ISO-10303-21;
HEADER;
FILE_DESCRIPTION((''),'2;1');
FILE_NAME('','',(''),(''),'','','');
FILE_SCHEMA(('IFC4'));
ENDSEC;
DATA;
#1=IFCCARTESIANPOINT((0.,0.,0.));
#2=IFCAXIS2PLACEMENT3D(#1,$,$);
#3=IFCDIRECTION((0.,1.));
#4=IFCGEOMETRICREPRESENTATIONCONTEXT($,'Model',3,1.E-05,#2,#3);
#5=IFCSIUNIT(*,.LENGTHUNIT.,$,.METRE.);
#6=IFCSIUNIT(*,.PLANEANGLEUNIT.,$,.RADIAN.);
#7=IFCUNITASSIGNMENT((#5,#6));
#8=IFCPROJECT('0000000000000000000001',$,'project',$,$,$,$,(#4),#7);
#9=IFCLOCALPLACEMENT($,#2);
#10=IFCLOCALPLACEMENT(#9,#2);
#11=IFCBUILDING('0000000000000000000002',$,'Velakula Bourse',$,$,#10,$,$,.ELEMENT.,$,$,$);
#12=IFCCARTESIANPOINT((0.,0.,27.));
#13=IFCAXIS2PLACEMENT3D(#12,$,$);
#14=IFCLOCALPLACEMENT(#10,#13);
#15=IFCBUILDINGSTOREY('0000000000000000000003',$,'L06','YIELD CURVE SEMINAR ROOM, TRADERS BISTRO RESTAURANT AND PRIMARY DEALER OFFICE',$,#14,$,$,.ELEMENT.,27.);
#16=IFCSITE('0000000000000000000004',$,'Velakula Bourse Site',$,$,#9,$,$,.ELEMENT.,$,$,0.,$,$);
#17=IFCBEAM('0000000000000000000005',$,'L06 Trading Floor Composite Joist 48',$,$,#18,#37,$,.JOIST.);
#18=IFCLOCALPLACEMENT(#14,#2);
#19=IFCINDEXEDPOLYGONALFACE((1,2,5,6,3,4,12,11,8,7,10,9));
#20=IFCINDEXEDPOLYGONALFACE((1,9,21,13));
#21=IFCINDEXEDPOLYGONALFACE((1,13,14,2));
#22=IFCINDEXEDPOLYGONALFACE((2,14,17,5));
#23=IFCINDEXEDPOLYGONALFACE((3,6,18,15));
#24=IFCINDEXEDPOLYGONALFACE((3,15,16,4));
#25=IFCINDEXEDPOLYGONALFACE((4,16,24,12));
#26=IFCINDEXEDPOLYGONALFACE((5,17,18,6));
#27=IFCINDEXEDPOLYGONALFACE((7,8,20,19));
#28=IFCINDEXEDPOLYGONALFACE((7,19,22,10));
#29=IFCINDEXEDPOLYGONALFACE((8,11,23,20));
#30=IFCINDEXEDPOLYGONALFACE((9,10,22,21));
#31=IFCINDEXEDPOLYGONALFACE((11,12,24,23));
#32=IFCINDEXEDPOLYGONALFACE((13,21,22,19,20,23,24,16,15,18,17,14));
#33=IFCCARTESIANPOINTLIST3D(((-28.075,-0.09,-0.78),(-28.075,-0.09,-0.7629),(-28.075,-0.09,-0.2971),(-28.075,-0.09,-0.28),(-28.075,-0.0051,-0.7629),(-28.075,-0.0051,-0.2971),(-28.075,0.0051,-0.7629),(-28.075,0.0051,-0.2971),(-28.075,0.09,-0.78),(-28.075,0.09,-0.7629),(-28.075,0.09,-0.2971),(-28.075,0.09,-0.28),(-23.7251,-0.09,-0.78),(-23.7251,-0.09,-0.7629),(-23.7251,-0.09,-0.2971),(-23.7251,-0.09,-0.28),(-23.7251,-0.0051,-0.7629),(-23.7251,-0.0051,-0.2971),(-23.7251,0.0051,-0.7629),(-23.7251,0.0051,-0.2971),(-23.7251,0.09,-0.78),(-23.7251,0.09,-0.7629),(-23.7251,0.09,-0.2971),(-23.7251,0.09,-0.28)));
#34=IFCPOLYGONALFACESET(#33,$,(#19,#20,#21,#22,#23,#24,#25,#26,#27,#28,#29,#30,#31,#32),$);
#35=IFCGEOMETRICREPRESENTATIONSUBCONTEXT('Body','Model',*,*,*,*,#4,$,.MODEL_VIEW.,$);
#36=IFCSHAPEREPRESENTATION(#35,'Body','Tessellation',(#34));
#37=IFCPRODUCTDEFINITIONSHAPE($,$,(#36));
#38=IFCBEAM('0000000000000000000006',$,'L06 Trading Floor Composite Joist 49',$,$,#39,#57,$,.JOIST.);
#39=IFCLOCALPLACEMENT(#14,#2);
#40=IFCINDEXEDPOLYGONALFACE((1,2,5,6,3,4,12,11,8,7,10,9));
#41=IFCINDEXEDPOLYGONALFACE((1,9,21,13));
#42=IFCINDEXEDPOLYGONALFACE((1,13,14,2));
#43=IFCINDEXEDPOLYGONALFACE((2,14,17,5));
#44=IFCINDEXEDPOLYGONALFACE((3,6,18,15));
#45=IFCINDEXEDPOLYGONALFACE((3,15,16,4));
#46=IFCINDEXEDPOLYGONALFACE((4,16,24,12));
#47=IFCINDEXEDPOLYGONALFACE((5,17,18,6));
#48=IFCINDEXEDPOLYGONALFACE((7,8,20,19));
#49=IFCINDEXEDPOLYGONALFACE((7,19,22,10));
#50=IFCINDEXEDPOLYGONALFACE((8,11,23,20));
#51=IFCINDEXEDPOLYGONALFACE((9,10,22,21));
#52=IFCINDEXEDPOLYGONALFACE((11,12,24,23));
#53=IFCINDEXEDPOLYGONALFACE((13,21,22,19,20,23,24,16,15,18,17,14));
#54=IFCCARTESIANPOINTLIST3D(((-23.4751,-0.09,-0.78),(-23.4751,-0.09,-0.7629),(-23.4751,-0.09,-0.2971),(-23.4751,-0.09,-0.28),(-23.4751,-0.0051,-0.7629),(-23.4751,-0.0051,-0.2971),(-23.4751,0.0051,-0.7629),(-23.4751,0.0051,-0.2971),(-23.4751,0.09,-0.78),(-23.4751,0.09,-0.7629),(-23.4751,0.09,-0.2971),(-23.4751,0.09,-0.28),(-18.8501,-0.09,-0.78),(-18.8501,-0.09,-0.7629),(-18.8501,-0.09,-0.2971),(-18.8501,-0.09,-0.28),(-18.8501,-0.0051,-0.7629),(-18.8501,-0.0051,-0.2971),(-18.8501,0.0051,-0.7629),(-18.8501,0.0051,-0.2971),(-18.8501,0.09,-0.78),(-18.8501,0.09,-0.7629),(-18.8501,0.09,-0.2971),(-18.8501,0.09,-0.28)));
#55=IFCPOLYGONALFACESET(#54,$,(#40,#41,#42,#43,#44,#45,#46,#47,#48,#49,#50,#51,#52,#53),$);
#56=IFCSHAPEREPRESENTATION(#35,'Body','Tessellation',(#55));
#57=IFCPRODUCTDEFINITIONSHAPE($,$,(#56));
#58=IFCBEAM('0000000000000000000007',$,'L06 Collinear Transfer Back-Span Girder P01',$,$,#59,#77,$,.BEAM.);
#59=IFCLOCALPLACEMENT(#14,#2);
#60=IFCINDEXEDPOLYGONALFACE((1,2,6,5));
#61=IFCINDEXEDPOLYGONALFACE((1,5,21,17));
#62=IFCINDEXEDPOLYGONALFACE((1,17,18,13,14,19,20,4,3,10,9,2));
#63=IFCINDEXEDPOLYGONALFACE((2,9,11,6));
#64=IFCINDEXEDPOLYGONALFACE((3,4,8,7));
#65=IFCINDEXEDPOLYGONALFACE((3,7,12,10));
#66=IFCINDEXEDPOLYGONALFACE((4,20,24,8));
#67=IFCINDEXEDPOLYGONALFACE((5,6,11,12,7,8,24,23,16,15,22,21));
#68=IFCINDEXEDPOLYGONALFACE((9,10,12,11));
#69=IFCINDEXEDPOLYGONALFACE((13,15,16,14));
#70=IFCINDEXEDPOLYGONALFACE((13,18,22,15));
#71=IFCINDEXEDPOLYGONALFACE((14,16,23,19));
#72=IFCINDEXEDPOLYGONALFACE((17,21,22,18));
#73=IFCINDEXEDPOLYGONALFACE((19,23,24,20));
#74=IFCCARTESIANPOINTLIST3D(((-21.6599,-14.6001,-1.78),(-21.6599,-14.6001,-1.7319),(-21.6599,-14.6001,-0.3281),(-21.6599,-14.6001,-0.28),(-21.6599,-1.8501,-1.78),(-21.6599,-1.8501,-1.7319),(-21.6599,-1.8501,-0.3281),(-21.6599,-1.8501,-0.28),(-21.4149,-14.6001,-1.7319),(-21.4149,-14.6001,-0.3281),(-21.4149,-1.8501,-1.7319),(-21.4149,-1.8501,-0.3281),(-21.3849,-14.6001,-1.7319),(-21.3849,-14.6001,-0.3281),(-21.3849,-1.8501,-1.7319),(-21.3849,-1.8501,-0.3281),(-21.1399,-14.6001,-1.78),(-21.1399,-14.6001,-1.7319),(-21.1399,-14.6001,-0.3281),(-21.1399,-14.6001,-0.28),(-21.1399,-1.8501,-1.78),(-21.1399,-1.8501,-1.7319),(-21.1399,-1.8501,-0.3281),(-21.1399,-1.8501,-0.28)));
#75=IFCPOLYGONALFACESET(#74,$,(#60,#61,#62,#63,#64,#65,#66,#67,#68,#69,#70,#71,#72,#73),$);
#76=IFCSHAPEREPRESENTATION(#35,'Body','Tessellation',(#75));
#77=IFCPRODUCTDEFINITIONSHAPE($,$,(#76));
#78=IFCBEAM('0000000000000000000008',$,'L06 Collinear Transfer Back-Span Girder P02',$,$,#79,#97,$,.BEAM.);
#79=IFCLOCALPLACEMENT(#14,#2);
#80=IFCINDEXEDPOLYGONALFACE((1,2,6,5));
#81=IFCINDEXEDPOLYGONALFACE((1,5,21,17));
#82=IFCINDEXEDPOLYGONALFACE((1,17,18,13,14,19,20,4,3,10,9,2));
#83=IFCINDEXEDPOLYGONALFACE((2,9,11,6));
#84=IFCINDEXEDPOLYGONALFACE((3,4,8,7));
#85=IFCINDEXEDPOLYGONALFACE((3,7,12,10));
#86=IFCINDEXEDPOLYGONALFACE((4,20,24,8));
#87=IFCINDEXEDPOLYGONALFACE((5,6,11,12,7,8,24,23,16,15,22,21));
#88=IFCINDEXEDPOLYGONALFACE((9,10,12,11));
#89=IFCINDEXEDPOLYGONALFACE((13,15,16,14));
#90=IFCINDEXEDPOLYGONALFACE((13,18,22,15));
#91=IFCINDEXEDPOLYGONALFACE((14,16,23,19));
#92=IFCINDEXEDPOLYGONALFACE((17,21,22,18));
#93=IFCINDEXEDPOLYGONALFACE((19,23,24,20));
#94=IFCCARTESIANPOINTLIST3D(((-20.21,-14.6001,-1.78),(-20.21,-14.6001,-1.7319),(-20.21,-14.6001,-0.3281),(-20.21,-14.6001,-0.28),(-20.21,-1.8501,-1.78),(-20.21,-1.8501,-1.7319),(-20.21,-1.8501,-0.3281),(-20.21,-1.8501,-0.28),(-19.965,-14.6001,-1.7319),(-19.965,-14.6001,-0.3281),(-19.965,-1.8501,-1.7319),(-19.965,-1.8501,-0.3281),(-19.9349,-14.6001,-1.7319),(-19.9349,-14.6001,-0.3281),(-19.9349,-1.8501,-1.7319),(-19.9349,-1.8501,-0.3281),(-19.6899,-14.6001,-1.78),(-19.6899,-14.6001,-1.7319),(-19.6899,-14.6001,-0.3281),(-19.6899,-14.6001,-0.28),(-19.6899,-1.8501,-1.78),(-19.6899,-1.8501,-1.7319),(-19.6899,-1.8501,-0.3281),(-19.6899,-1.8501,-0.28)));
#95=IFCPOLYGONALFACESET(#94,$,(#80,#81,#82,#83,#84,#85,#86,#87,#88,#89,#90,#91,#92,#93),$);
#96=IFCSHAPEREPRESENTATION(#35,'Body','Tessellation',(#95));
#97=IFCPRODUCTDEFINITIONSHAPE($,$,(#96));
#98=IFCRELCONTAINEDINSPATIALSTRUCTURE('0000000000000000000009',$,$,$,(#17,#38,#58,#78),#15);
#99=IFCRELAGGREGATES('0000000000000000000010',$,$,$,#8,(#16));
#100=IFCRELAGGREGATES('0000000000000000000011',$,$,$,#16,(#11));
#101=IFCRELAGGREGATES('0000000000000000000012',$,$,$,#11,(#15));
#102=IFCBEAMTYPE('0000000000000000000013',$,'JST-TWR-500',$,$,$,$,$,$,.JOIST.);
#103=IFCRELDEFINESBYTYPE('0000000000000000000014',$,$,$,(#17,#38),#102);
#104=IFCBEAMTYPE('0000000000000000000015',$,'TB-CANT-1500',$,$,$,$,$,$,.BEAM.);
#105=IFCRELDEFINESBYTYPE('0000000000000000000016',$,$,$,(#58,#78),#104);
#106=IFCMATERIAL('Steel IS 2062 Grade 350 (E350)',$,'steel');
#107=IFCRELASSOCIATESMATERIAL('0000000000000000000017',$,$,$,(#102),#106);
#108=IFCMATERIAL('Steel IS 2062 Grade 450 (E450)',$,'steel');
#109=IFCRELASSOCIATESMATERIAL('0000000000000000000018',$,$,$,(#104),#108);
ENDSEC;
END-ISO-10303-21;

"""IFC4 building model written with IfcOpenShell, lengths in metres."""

from ifc_helpers import new_model, si_unit, direction, frame, origin, origin_2d, place, context, subcontext, project, spatial, i_section, extrude, material, material_profile, profile_set, type_object, element, save


model = new_model("IFC4")

# Units and contexts
model_context = context("Model", 3, precision=1e-05, world=origin(), true_north=direction((0.0, 1.0)))
body_context = subcontext(model_context, "Body", "Model", "MODEL_VIEW")
ifc_project = project(units=[si_unit("LENGTHUNIT", "METRE"), si_unit("PLANEANGLEUNIT", "RADIAN")], contexts=[model_context])

# Site, building, storey
site_placement = place(None, origin())
site = spatial("IfcSite", under=ifc_project, at=site_placement, Name="Velakula Bourse Site", CompositionType="ELEMENT", RefElevation=0.0)
building_placement = place(site_placement, origin())
building = spatial("IfcBuilding", under=site, at=building_placement, Name="Velakula Bourse", CompositionType="ELEMENT")
storey_placement = place(building_placement, frame((0.0, 0.0, 27.0)))
storey = spatial("IfcBuildingStorey", under=building, at=storey_placement, Name="L06", Description="YIELD CURVE SEMINAR ROOM, TRADERS BISTRO RESTAURANT AND PRIMARY DEALER OFFICE", CompositionType="ELEMENT", Elevation=27.0)

# Shared definitions
ifc_material_1 = material(Name="Steel IS 2062 Grade 450 (E450)", Category="steel")

# Beams
ifc_material_2 = material(Name="Steel IS 2062 Grade 350 (E350)", Category="steel")
ifc_material_profile_1 = material_profile(ifc_material_2, i_section(OverallWidth=0.1799, OverallDepth=0.5, WebThickness=0.0103, FlangeThickness=0.0171, at=origin_2d()), Name="Steel IS 2062 Grade 350 (E350)")
ifc_profile_set_1 = profile_set([ifc_material_profile_1], Name="Steel IS 2062 Grade 350 (E350)")
beam_type_1 = type_object("IfcBeamType", Name="JST-TWR-500", PredefinedType="JOIST", material=ifc_profile_set_1)
beam_1_placement = place(storey_placement, frame((-28.075, 0.0, -0.53), z_axis=(1.0, 0.0, 0.0), x_axis=(0.0, 1.0, 0.0)))
element("IfcBeam", 1, at=beam_1_placement, inside=storey, type_object=beam_type_1, Name="L06 Trading Floor Composite Joist 48", PredefinedType="JOIST", context=body_context, shape_type="SweptSolid", body=[
    extrude(i_section(OverallWidth=0.1799, OverallDepth=0.5, WebThickness=0.0103, FlangeThickness=0.0171, at=origin_2d()), origin(), (0.0, 0.0, 1.0), 4.3499),
])
beam_2_placement = place(storey_placement, frame((-23.4751, 0.0, -0.53), z_axis=(1.0, 0.0, 0.0), x_axis=(0.0, 1.0, 0.0)))
element("IfcBeam", 2, at=beam_2_placement, inside=storey, type_object=beam_type_1, Name="L06 Trading Floor Composite Joist 49", PredefinedType="JOIST", context=body_context, shape_type="SweptSolid", body=[
    extrude(i_section(OverallWidth=0.1799, OverallDepth=0.5, WebThickness=0.0103, FlangeThickness=0.0171, at=origin_2d()), origin(), (0.0, 0.0, 1.0), 4.625),
])
ifc_material_profile_2 = material_profile(ifc_material_1, i_section(OverallWidth=0.52, OverallDepth=1.5, WebThickness=0.03, FlangeThickness=0.0481, at=origin_2d()), Name="Steel IS 2062 Grade 450 (E450)")
ifc_profile_set_2 = profile_set([ifc_material_profile_2], Name="Steel IS 2062 Grade 450 (E450)")
beam_type_2 = type_object("IfcBeamType", Name="TB-CANT-1500", PredefinedType="BEAM", material=ifc_profile_set_2)
for number, where, z_axis, x_axis, name in (
    (3, (-21.3999, -1.8501, -1.03), (0.0, -1.0, 0.0), (1.0, 0.0, 0.0), "L06 Collinear Transfer Back-Span Girder P01"),
    (4, (-19.95, -1.8501, -1.03), (0.0, -1.0, 0.0), (1.0, 0.0, 0.0), "L06 Collinear Transfer Back-Span Girder P02"),
):
    element("IfcBeam", number, at=place(storey_placement, frame(where, z_axis=z_axis, x_axis=x_axis)), inside=storey, type_object=beam_type_2, Name=name, PredefinedType="BEAM", context=body_context, shape_type="SweptSolid", body=[
        extrude(i_section(OverallWidth=0.52, OverallDepth=1.5, WebThickness=0.03, FlangeThickness=0.0481, at=origin_2d()), origin(), (0.0, 0.0, 1.0), 12.75),
    ])

save(model, "model.ifc")
